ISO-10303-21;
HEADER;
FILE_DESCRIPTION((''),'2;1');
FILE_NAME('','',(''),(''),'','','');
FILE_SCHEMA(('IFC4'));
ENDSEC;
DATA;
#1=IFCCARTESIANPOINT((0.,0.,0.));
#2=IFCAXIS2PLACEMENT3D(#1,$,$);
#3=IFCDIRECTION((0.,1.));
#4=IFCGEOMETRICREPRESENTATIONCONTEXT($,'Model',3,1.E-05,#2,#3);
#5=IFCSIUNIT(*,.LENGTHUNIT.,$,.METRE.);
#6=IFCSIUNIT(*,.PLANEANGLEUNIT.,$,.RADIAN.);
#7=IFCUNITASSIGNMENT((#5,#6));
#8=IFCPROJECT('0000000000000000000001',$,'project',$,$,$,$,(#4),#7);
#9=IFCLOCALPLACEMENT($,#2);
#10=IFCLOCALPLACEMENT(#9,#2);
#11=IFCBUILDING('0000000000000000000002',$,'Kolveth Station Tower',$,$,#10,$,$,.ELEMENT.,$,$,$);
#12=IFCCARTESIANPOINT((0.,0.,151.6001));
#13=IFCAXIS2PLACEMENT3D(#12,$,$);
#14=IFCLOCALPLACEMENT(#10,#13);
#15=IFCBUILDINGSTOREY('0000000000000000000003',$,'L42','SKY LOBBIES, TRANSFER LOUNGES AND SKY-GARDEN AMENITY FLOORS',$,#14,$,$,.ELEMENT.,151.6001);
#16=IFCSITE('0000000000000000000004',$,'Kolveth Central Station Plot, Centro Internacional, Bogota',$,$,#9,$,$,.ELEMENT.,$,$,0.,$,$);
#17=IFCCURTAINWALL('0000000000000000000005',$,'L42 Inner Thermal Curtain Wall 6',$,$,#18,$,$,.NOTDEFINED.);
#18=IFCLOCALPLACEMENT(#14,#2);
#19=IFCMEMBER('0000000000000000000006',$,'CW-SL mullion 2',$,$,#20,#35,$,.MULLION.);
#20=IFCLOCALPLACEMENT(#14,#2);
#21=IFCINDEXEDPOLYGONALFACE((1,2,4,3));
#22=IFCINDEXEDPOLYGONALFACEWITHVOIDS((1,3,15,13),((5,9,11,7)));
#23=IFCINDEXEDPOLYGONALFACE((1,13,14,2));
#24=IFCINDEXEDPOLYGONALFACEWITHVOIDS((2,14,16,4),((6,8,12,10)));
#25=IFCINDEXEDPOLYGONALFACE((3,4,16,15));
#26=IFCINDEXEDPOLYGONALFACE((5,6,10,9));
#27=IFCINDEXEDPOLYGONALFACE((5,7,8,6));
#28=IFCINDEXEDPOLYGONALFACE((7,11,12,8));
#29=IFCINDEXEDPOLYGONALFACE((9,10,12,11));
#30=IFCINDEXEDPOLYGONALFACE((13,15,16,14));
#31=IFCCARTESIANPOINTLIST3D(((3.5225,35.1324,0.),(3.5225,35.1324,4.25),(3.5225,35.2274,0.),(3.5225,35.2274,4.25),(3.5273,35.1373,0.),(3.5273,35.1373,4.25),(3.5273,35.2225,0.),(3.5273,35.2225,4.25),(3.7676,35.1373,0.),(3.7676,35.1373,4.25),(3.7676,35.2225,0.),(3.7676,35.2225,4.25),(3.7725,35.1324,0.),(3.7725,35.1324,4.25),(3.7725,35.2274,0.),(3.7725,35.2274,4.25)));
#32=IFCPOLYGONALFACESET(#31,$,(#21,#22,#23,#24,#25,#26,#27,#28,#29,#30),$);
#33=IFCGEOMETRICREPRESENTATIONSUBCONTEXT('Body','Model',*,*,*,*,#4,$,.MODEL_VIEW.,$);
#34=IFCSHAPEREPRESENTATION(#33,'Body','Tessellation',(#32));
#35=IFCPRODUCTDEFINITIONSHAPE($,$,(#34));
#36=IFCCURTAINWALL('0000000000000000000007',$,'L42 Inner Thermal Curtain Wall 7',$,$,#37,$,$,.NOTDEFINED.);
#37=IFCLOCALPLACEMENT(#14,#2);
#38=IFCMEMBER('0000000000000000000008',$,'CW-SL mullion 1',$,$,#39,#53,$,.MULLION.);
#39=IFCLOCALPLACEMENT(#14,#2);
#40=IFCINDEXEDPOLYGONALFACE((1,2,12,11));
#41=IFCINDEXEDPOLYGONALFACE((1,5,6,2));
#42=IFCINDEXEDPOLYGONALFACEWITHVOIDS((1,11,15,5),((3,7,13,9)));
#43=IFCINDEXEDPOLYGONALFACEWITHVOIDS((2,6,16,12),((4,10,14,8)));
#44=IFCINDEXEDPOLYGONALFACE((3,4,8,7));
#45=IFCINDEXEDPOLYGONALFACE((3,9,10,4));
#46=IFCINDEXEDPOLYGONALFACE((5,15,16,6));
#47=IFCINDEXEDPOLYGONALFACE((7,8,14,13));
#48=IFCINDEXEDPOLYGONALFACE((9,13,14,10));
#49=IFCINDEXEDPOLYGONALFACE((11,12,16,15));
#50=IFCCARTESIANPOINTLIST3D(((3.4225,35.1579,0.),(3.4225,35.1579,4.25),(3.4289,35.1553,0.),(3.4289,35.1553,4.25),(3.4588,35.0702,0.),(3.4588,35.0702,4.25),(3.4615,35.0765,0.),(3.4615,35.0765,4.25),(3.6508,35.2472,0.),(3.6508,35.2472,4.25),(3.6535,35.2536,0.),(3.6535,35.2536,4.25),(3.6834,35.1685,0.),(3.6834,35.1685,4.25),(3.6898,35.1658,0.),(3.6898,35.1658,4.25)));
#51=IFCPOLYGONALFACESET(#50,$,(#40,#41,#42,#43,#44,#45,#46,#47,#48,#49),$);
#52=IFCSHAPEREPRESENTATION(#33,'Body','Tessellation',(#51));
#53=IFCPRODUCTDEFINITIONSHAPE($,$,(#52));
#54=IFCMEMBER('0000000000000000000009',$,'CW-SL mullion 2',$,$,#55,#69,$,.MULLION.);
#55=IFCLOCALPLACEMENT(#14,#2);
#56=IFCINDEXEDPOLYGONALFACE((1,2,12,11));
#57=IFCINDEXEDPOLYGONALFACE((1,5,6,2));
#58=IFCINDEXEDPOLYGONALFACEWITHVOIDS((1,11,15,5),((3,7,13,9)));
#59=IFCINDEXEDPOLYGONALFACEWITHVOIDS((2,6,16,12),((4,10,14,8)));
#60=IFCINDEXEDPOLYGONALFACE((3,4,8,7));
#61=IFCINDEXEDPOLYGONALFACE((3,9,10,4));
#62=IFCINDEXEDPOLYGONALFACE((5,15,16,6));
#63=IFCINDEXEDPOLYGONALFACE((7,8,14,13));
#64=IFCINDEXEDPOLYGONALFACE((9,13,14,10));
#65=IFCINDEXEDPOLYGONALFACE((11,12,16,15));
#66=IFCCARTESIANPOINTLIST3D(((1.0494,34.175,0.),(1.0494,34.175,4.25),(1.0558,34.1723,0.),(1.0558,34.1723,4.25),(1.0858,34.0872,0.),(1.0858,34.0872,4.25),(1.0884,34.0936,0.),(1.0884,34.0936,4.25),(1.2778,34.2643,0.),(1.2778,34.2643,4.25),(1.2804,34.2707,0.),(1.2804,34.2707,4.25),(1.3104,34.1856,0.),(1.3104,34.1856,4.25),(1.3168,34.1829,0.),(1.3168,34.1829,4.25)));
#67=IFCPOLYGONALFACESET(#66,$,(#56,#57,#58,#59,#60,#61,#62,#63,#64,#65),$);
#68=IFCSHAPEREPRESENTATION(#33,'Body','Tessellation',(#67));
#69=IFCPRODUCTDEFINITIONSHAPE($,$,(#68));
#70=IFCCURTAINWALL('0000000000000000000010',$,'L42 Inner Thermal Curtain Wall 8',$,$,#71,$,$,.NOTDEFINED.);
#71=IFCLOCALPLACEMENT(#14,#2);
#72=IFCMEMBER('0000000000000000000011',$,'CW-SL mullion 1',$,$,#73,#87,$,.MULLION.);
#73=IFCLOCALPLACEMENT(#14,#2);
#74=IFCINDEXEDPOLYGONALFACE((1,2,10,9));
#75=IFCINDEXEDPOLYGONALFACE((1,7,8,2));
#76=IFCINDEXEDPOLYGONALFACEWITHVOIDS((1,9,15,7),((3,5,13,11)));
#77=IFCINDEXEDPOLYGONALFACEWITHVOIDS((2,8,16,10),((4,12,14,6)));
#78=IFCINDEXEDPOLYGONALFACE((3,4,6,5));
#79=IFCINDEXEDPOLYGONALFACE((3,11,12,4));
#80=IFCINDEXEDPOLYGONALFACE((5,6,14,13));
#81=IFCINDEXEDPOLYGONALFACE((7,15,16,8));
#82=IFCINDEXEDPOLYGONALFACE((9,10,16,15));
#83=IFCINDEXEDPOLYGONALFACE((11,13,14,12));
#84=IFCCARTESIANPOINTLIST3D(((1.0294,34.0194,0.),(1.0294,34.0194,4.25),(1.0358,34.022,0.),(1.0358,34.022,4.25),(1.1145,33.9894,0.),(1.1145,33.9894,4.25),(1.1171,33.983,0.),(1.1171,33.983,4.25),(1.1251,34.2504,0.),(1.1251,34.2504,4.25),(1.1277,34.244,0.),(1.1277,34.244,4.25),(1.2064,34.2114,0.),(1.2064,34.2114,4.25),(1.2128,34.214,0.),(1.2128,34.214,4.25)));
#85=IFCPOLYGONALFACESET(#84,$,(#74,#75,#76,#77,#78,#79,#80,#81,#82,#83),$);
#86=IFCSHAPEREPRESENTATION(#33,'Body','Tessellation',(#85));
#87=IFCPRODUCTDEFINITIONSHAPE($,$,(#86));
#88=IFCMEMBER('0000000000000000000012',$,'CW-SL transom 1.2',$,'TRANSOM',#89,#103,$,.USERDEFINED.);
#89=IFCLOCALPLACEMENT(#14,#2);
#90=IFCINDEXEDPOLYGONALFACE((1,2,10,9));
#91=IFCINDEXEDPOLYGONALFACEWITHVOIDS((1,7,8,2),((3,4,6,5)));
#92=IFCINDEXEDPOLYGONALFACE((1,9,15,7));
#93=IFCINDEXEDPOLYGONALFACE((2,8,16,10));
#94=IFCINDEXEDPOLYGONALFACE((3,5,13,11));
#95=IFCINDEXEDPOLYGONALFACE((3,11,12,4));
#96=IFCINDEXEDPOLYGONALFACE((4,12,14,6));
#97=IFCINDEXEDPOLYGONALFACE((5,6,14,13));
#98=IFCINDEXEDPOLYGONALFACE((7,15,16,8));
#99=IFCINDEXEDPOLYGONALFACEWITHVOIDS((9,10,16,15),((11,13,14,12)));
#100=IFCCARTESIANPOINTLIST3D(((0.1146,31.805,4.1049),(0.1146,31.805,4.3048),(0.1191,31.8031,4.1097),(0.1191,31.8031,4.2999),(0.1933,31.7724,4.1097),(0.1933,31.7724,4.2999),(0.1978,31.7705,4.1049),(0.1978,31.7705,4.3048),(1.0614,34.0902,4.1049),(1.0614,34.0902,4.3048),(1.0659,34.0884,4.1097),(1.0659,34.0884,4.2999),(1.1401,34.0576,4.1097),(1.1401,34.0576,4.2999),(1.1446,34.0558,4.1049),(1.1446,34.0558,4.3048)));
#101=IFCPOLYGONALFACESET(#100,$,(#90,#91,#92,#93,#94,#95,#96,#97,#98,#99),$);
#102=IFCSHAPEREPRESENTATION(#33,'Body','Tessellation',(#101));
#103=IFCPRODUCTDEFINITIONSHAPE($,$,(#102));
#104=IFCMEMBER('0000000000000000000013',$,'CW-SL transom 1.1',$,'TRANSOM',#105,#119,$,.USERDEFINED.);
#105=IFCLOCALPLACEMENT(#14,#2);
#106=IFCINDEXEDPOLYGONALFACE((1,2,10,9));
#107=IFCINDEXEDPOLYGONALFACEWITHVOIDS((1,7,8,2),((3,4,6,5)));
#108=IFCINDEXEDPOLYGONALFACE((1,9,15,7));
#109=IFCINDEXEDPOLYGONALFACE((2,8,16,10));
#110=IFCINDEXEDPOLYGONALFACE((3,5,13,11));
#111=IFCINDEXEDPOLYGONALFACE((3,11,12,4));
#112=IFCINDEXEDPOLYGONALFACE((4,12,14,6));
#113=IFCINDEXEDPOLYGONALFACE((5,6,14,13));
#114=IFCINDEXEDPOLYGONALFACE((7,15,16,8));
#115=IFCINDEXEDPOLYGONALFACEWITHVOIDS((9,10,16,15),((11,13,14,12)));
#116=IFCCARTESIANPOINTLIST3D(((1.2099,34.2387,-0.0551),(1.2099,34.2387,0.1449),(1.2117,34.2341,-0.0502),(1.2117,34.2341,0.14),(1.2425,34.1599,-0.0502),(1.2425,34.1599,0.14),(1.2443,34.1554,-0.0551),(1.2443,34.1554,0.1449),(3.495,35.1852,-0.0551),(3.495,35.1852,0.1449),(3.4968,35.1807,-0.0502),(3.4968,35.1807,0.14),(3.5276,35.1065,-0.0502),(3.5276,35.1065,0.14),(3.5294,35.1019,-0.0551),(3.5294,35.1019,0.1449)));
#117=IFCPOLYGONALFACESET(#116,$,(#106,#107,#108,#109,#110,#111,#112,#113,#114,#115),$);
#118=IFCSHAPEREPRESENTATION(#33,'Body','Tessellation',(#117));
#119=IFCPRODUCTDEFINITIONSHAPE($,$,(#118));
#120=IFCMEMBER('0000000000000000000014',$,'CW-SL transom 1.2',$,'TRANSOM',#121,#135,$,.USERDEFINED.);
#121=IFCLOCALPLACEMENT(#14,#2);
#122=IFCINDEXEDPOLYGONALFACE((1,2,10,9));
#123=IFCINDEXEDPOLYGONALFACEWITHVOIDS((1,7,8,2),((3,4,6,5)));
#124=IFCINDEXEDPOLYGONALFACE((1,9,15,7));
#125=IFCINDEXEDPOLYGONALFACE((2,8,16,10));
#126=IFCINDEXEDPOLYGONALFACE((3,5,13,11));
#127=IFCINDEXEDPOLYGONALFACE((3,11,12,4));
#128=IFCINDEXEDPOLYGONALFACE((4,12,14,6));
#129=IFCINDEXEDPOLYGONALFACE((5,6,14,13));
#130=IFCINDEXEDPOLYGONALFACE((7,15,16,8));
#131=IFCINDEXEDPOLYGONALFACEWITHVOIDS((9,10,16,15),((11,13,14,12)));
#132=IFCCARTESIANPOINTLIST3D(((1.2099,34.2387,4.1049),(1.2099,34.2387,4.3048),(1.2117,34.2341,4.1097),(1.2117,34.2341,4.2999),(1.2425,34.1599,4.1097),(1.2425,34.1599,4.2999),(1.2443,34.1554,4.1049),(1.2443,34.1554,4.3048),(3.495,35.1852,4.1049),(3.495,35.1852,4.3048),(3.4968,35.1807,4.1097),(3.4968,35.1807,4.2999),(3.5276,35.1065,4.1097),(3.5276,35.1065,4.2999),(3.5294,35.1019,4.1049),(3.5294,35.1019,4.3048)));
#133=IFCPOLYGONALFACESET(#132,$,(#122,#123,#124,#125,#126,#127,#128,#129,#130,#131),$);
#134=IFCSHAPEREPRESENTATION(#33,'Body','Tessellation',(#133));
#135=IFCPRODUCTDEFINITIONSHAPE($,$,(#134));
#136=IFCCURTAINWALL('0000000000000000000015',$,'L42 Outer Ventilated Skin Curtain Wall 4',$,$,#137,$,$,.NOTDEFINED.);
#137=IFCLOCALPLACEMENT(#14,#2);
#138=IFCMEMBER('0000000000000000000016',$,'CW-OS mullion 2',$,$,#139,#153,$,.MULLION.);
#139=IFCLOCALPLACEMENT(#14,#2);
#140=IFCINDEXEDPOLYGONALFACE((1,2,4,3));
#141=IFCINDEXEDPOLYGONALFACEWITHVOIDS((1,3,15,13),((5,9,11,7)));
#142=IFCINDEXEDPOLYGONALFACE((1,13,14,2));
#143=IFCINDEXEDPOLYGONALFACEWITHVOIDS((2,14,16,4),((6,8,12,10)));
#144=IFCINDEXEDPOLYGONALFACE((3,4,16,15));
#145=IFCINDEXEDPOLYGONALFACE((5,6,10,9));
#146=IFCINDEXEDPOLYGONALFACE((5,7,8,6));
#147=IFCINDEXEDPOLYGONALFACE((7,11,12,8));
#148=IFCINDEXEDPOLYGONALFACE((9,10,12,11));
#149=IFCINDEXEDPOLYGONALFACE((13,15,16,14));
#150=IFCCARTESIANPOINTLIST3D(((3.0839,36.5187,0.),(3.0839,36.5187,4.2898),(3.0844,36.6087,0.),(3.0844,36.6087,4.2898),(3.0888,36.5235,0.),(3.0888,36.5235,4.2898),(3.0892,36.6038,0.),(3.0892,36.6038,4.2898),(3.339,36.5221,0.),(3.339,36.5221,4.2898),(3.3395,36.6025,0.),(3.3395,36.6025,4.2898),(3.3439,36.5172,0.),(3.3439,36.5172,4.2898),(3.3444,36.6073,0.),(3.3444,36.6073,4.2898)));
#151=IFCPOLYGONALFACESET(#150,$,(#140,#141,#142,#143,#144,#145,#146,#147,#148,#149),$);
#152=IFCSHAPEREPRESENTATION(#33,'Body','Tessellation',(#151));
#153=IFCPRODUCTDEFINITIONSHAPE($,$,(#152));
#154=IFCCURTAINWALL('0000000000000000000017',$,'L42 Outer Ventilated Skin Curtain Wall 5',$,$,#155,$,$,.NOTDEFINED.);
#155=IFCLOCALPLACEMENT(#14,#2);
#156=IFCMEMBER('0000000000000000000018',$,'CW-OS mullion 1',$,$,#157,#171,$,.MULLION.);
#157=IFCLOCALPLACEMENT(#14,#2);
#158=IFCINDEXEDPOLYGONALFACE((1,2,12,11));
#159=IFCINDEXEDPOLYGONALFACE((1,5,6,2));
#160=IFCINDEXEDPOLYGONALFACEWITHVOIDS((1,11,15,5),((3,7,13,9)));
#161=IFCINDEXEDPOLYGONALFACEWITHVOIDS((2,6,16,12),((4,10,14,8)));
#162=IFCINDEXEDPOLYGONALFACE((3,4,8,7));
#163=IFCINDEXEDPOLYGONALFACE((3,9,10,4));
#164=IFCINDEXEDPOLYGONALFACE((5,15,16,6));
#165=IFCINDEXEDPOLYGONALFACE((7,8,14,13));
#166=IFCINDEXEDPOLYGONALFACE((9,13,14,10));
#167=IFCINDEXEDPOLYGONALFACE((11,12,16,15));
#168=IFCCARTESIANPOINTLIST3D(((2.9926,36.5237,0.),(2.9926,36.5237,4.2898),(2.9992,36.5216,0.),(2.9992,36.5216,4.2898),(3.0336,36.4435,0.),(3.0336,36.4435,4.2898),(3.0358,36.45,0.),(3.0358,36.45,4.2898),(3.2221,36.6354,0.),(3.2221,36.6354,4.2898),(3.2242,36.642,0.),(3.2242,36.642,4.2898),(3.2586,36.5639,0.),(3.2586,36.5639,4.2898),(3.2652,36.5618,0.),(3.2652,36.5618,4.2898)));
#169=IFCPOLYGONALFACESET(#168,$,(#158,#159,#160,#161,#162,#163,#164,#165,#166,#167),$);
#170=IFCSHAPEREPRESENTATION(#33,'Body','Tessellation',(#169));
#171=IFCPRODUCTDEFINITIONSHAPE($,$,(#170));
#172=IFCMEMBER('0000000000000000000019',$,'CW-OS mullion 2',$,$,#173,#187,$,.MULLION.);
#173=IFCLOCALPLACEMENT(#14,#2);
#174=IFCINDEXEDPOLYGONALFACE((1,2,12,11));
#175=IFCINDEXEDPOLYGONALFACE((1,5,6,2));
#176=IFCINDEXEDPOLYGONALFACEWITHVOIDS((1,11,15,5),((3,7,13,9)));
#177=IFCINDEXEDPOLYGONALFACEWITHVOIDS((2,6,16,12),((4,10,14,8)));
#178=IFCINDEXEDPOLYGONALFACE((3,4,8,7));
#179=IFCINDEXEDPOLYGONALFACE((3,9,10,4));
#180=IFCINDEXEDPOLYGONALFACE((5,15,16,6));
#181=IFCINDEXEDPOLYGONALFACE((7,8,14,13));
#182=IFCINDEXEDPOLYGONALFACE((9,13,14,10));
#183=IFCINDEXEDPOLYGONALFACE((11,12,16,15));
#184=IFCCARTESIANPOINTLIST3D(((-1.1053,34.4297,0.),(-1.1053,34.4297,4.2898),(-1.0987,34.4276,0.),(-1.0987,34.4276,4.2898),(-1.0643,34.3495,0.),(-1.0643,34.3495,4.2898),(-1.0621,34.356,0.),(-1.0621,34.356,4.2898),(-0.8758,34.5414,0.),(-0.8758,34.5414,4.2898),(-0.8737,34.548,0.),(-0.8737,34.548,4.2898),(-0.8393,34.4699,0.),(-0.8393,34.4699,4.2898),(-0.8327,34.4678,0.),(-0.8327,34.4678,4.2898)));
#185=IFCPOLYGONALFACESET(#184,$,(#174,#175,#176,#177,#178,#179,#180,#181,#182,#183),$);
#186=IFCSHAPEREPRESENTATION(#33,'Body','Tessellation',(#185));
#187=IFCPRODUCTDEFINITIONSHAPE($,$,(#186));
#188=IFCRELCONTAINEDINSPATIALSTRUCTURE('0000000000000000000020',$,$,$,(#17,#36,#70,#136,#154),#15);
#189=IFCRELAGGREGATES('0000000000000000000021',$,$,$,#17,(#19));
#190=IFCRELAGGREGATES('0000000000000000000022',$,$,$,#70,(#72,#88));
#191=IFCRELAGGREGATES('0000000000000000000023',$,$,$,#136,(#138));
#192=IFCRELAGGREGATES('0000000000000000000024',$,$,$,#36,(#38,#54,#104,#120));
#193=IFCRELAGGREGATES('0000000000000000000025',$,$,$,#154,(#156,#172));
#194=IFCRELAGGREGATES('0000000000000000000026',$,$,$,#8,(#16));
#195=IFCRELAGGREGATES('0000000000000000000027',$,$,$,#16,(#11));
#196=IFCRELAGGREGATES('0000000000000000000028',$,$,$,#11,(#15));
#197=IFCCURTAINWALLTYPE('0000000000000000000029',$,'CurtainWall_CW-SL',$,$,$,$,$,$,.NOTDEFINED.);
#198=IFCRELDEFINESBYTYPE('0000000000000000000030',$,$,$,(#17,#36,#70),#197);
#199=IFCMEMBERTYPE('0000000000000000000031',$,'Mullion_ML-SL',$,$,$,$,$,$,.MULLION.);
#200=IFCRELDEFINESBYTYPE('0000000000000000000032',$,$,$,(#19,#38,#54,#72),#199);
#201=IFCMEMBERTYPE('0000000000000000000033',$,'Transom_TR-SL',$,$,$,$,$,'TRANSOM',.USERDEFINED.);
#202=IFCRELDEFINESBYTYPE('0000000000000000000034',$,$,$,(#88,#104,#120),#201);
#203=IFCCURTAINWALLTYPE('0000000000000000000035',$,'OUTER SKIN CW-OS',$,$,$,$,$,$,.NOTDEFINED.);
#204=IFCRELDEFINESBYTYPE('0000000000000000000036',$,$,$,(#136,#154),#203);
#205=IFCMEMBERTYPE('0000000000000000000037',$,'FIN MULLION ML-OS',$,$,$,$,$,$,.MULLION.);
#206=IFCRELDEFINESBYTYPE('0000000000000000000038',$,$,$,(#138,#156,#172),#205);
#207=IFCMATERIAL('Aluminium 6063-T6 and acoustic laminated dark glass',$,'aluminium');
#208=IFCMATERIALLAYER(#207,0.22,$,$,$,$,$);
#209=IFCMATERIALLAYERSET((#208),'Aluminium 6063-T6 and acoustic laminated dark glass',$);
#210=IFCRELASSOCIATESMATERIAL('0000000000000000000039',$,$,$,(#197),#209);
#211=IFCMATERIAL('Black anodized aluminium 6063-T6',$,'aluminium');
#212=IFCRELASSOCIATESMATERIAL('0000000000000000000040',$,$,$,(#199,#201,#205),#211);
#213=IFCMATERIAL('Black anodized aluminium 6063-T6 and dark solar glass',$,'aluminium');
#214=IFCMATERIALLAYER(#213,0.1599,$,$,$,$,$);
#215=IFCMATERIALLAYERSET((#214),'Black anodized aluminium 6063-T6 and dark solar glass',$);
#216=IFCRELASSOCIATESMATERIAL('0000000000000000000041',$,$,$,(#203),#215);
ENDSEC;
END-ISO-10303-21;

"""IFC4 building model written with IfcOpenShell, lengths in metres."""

from ifc_helpers import new_model, si_unit, direction, frame, origin, origin_2d, place, context, subcontext, project, spatial, hollow_rectangle, extrude, source, transform, mapped, material, layer, layer_set, material_profile, profile_set, type_object, element, aggregate, save


model = new_model("IFC4")

# Units and contexts
model_context = context("Model", 3, precision=1e-05, world=origin(), true_north=direction((0.0, 1.0)))
body_context = subcontext(model_context, "Body", "Model", "MODEL_VIEW")
ifc_project = project(units=[si_unit("LENGTHUNIT", "METRE"), si_unit("PLANEANGLEUNIT", "RADIAN")], contexts=[model_context])

# Site, building, storey
site_placement = place(None, origin())
site = spatial("IfcSite", under=ifc_project, at=site_placement, Name="Kolveth Central Station Plot, Centro Internacional, Bogota", CompositionType="ELEMENT", RefElevation=0.0)
building_placement = place(site_placement, origin())
building = spatial("IfcBuilding", under=site, at=building_placement, Name="Kolveth Station Tower", CompositionType="ELEMENT")
storey_placement = place(building_placement, frame((0.0, 0.0, 151.6001)))
storey = spatial("IfcBuildingStorey", under=building, at=storey_placement, Name="L42", Description="SKY LOBBIES, TRANSFER LOUNGES AND SKY-GARDEN AMENITY FLOORS", CompositionType="ELEMENT", Elevation=151.6001)

# Curtain wall, member
ifc_material_1 = material(Name="Aluminium 6063-T6 and acoustic laminated dark glass", Category="aluminium")
ifc_layer_1 = layer(ifc_material_1, 0.22)
ifc_layer_set_1 = layer_set([ifc_layer_1], Name="Aluminium 6063-T6 and acoustic laminated dark glass")
curtain_wall_type_1 = type_object("IfcCurtainWallType", Name="CurtainWall_CW-SL", PredefinedType="NOTDEFINED", material=ifc_layer_set_1)
curtain_wall_1_placement = place(storey_placement, origin())
curtain_wall_1 = element("IfcCurtainWall", 1, at=curtain_wall_1_placement, inside=storey, type_object=curtain_wall_type_1, Name="L42 Inner Thermal Curtain Wall 6", PredefinedType="NOTDEFINED")
ifc_material_2 = material(Name="Black anodized aluminium 6063-T6", Category="aluminium")
ifc_material_profile_1 = material_profile(ifc_material_2, hollow_rectangle(XDim=0.095, YDim=0.25, WallThickness=0.0049, at=origin_2d()), Name="ALU-95x250x5")
ifc_profile_set_1 = profile_set([ifc_material_profile_1], Name="Black anodized aluminium 6063-T6")
member_type_1 = type_object("IfcMemberType", Name="Mullion_ML-SL", PredefinedType="MULLION", material=ifc_profile_set_1)
shared_shape_1 = source(origin(), body_context, "Body", "SweptSolid", [
    extrude(hollow_rectangle(XDim=0.095, YDim=0.25, WallThickness=0.0049, at=origin_2d()), origin(), (0.0, 0.0, 1.0), 4.25),
])
member_1_placement = place(storey_placement, frame((3.6475, 35.1799, 0.0), z_axis=(0.0, 0.0, 1.0), x_axis=(0.0, -1.0, 0.0)))
member_1 = element("IfcMember", 2, at=member_1_placement, type_object=member_type_1, Name="CW-SL mullion 2", PredefinedType="MULLION", context=body_context, shape_type="MappedRepresentation", body=[
    mapped(shared_shape_1, transform((0.0, 0.0, 0.0), x_axis=(1.0, 0.0, 0.0), y_axis=(0.0, 1.0, 0.0), z_axis=(0.0, 0.0, 1.0), scale=1.0)),
])
aggregate(curtain_wall_1, [member_1])

# Curtain walls, members
curtain_wall_2_placement = place(storey_placement, origin())
curtain_wall_2 = element("IfcCurtainWall", 3, at=curtain_wall_2_placement, inside=storey, type_object=curtain_wall_type_1, Name="L42 Inner Thermal Curtain Wall 7", PredefinedType="NOTDEFINED")
member_2_placement = place(storey_placement, frame((3.5562, 35.1619, 0.0), z_axis=(0.0, 0.0, 1.0), x_axis=(0.382698, -0.923874, 0.0)))
member_2 = element("IfcMember", 4, at=member_2_placement, type_object=member_type_1, Name="CW-SL mullion 1", PredefinedType="MULLION", context=body_context, shape_type="MappedRepresentation", body=[
    mapped(shared_shape_1, transform((0.0, 0.0, 0.0), x_axis=(1.0, 0.0, 0.0), y_axis=(0.0, 1.0, 0.0), z_axis=(0.0, 0.0, 1.0), scale=1.0)),
])
member_3_placement = place(storey_placement, frame((1.1831, 34.179, 0.0), z_axis=(0.0, 0.0, 1.0), x_axis=(0.382698, -0.923874, 0.0)))
member_3 = element("IfcMember", 5, at=member_3_placement, type_object=member_type_1, Name="CW-SL mullion 2", PredefinedType="MULLION", context=body_context, shape_type="MappedRepresentation", body=[
    mapped(shared_shape_1, transform((0.0, 0.0, 0.0), x_axis=(1.0, 0.0, 0.0), y_axis=(0.0, 1.0, 0.0), z_axis=(0.0, 0.0, 1.0), scale=1.0)),
])
curtain_wall_3_placement = place(storey_placement, origin())
curtain_wall_3 = element("IfcCurtainWall", 6, at=curtain_wall_3_placement, inside=storey, type_object=curtain_wall_type_1, Name="L42 Inner Thermal Curtain Wall 8", PredefinedType="NOTDEFINED")
member_4_placement = place(storey_placement, frame((1.1211, 34.1167, 0.0), z_axis=(0.0, 0.0, 1.0), x_axis=(0.923874, -0.382698, 0.0)))
member_4 = element("IfcMember", 7, at=member_4_placement, type_object=member_type_1, Name="CW-SL mullion 1", PredefinedType="MULLION", context=body_context, shape_type="MappedRepresentation", body=[
    mapped(shared_shape_1, transform((0.0, 0.0, 0.0), x_axis=(1.0, 0.0, 0.0), y_axis=(0.0, 1.0, 0.0), z_axis=(0.0, 0.0, 1.0), scale=1.0)),
])
ifc_material_profile_2 = material_profile(ifc_material_2, hollow_rectangle(XDim=0.0901, YDim=0.2, WallThickness=0.0049, at=origin_2d()), Name="ALU-90x200x5")
ifc_profile_set_2 = profile_set([ifc_material_profile_2], Name="Black anodized aluminium 6063-T6")
member_type_2 = type_object("IfcMemberType", Name="Transom_TR-SL", ElementType="TRANSOM", PredefinedType="USERDEFINED", material=ifc_profile_set_2)
shared_shape_2 = source(origin(), body_context, "Body", "SweptSolid", [
    extrude(hollow_rectangle(XDim=0.0901, YDim=0.2, WallThickness=0.0049, at=origin_2d()), origin(), (0.0, 0.0, 1.0), 2.4736),
])
member_5_placement = place(storey_placement, frame((1.103, 34.073, 4.2048), z_axis=(-0.382764, -0.923846, 0.0), x_axis=(0.923846, -0.382764, 0.0)))
member_5 = element("IfcMember", 8, at=member_5_placement, type_object=member_type_2, Name="CW-SL transom 1.2", ObjectType="TRANSOM", PredefinedType="USERDEFINED", context=body_context, shape_type="MappedRepresentation", body=[
    mapped(shared_shape_2, transform((0.0, 0.0, 0.0), x_axis=(1.0, 0.0, 0.0), y_axis=(0.0, 1.0, 0.0), z_axis=(0.0, 0.0, 1.0), scale=1.0)),
])
aggregate(curtain_wall_3, [member_4, member_5])

# Members
shared_shape_3 = source(origin(), body_context, "Body", "SweptSolid", [
    extrude(hollow_rectangle(XDim=0.0901, YDim=0.2, WallThickness=0.0049, at=origin_2d()), origin(), (0.0, 0.0, 1.0), 2.4734),
])
member_6_placement = place(storey_placement, frame((3.5122, 35.1436, 0.0449), z_axis=(-0.923881, -0.38268, 0.0), x_axis=(0.38268, -0.923881, 0.0)))
member_6 = element("IfcMember", 9, at=member_6_placement, type_object=member_type_2, Name="CW-SL transom 1.1", ObjectType="TRANSOM", PredefinedType="USERDEFINED", context=body_context, shape_type="MappedRepresentation", body=[
    mapped(shared_shape_3, transform((0.0, 0.0, 0.0), x_axis=(1.0, 0.0, 0.0), y_axis=(0.0, 1.0, 0.0), z_axis=(0.0, 0.0, 1.0), scale=1.0)),
])
member_7_placement = place(storey_placement, frame((3.5122, 35.1436, 4.2048), z_axis=(-0.923881, -0.38268, 0.0), x_axis=(0.38268, -0.923881, 0.0)))
member_7 = element("IfcMember", 10, at=member_7_placement, type_object=member_type_2, Name="CW-SL transom 1.2", ObjectType="TRANSOM", PredefinedType="USERDEFINED", context=body_context, shape_type="MappedRepresentation", body=[
    mapped(shared_shape_3, transform((0.0, 0.0, 0.0), x_axis=(1.0, 0.0, 0.0), y_axis=(0.0, 1.0, 0.0), z_axis=(0.0, 0.0, 1.0), scale=1.0)),
])

# Curtain wall, member
ifc_material_3 = material(Name="Black anodized aluminium 6063-T6 and dark solar glass", Category="aluminium")
ifc_layer_2 = layer(ifc_material_3, 0.1599)
ifc_layer_set_2 = layer_set([ifc_layer_2], Name="Black anodized aluminium 6063-T6 and dark solar glass")
curtain_wall_type_2 = type_object("IfcCurtainWallType", Name="OUTER SKIN CW-OS", PredefinedType="NOTDEFINED", material=ifc_layer_set_2)
curtain_wall_4_placement = place(storey_placement, origin())
curtain_wall_4 = element("IfcCurtainWall", 11, at=curtain_wall_4_placement, inside=storey, type_object=curtain_wall_type_2, Name="L42 Outer Ventilated Skin Curtain Wall 4", PredefinedType="NOTDEFINED")
ifc_material_profile_3 = material_profile(ifc_material_2, hollow_rectangle(XDim=0.0901, YDim=0.26, WallThickness=0.0049, at=origin_2d()), Name="ALU-90x260x5")
ifc_profile_set_3 = profile_set([ifc_material_profile_3], Name="Black anodized aluminium 6063-T6")
member_type_3 = type_object("IfcMemberType", Name="FIN MULLION ML-OS", PredefinedType="MULLION", material=ifc_profile_set_3)
shared_shape_4 = source(origin(), body_context, "Body", "SweptSolid", [
    extrude(hollow_rectangle(XDim=0.0901, YDim=0.26, WallThickness=0.0049, at=origin_2d()), origin(), (0.0, 0.0, 1.0), 4.2898),
])
member_8_placement = place(storey_placement, frame((3.2141, 36.563, 0.0), z_axis=(0.0, 0.0, 1.0), x_axis=(-0.005519, -0.999985, 0.0)))
member_8 = element("IfcMember", 12, at=member_8_placement, type_object=member_type_3, Name="CW-OS mullion 2", PredefinedType="MULLION", context=body_context, shape_type="MappedRepresentation", body=[
    mapped(shared_shape_4, transform((0.0, 0.0, 0.0), x_axis=(1.0, 0.0, 0.0), y_axis=(0.0, 1.0, 0.0), z_axis=(0.0, 0.0, 1.0), scale=1.0)),
])
aggregate(curtain_wall_4, [member_8])

# Curtain wall, members
curtain_wall_5_placement = place(storey_placement, origin())
curtain_wall_5 = element("IfcCurtainWall", 13, at=curtain_wall_5_placement, inside=storey, type_object=curtain_wall_type_2, Name="L42 Outer Ventilated Skin Curtain Wall 5", PredefinedType="NOTDEFINED")
member_9_placement = place(storey_placement, frame((3.1289, 36.5427, 0.0), z_axis=(0.0, 0.0, 1.0), x_axis=(0.455014, -0.890484, 0.0)))
member_9 = element("IfcMember", 14, at=member_9_placement, type_object=member_type_3, Name="CW-OS mullion 1", PredefinedType="MULLION", context=body_context, shape_type="MappedRepresentation", body=[
    mapped(shared_shape_4, transform((0.0, 0.0, 0.0), x_axis=(1.0, 0.0, 0.0), y_axis=(0.0, 1.0, 0.0), z_axis=(0.0, 0.0, 1.0), scale=1.0)),
])
member_10_placement = place(storey_placement, frame((-0.969, 34.4487, 0.0), z_axis=(0.0, 0.0, 1.0), x_axis=(0.455014, -0.890484, 0.0)))
member_10 = element("IfcMember", 15, at=member_10_placement, type_object=member_type_3, Name="CW-OS mullion 2", PredefinedType="MULLION", context=body_context, shape_type="MappedRepresentation", body=[
    mapped(shared_shape_4, transform((0.0, 0.0, 0.0), x_axis=(1.0, 0.0, 0.0), y_axis=(0.0, 1.0, 0.0), z_axis=(0.0, 0.0, 1.0), scale=1.0)),
])

aggregate(curtain_wall_2, [member_2, member_3, member_6, member_7])
aggregate(curtain_wall_5, [member_9, member_10])

save(model, "model.ifc")
